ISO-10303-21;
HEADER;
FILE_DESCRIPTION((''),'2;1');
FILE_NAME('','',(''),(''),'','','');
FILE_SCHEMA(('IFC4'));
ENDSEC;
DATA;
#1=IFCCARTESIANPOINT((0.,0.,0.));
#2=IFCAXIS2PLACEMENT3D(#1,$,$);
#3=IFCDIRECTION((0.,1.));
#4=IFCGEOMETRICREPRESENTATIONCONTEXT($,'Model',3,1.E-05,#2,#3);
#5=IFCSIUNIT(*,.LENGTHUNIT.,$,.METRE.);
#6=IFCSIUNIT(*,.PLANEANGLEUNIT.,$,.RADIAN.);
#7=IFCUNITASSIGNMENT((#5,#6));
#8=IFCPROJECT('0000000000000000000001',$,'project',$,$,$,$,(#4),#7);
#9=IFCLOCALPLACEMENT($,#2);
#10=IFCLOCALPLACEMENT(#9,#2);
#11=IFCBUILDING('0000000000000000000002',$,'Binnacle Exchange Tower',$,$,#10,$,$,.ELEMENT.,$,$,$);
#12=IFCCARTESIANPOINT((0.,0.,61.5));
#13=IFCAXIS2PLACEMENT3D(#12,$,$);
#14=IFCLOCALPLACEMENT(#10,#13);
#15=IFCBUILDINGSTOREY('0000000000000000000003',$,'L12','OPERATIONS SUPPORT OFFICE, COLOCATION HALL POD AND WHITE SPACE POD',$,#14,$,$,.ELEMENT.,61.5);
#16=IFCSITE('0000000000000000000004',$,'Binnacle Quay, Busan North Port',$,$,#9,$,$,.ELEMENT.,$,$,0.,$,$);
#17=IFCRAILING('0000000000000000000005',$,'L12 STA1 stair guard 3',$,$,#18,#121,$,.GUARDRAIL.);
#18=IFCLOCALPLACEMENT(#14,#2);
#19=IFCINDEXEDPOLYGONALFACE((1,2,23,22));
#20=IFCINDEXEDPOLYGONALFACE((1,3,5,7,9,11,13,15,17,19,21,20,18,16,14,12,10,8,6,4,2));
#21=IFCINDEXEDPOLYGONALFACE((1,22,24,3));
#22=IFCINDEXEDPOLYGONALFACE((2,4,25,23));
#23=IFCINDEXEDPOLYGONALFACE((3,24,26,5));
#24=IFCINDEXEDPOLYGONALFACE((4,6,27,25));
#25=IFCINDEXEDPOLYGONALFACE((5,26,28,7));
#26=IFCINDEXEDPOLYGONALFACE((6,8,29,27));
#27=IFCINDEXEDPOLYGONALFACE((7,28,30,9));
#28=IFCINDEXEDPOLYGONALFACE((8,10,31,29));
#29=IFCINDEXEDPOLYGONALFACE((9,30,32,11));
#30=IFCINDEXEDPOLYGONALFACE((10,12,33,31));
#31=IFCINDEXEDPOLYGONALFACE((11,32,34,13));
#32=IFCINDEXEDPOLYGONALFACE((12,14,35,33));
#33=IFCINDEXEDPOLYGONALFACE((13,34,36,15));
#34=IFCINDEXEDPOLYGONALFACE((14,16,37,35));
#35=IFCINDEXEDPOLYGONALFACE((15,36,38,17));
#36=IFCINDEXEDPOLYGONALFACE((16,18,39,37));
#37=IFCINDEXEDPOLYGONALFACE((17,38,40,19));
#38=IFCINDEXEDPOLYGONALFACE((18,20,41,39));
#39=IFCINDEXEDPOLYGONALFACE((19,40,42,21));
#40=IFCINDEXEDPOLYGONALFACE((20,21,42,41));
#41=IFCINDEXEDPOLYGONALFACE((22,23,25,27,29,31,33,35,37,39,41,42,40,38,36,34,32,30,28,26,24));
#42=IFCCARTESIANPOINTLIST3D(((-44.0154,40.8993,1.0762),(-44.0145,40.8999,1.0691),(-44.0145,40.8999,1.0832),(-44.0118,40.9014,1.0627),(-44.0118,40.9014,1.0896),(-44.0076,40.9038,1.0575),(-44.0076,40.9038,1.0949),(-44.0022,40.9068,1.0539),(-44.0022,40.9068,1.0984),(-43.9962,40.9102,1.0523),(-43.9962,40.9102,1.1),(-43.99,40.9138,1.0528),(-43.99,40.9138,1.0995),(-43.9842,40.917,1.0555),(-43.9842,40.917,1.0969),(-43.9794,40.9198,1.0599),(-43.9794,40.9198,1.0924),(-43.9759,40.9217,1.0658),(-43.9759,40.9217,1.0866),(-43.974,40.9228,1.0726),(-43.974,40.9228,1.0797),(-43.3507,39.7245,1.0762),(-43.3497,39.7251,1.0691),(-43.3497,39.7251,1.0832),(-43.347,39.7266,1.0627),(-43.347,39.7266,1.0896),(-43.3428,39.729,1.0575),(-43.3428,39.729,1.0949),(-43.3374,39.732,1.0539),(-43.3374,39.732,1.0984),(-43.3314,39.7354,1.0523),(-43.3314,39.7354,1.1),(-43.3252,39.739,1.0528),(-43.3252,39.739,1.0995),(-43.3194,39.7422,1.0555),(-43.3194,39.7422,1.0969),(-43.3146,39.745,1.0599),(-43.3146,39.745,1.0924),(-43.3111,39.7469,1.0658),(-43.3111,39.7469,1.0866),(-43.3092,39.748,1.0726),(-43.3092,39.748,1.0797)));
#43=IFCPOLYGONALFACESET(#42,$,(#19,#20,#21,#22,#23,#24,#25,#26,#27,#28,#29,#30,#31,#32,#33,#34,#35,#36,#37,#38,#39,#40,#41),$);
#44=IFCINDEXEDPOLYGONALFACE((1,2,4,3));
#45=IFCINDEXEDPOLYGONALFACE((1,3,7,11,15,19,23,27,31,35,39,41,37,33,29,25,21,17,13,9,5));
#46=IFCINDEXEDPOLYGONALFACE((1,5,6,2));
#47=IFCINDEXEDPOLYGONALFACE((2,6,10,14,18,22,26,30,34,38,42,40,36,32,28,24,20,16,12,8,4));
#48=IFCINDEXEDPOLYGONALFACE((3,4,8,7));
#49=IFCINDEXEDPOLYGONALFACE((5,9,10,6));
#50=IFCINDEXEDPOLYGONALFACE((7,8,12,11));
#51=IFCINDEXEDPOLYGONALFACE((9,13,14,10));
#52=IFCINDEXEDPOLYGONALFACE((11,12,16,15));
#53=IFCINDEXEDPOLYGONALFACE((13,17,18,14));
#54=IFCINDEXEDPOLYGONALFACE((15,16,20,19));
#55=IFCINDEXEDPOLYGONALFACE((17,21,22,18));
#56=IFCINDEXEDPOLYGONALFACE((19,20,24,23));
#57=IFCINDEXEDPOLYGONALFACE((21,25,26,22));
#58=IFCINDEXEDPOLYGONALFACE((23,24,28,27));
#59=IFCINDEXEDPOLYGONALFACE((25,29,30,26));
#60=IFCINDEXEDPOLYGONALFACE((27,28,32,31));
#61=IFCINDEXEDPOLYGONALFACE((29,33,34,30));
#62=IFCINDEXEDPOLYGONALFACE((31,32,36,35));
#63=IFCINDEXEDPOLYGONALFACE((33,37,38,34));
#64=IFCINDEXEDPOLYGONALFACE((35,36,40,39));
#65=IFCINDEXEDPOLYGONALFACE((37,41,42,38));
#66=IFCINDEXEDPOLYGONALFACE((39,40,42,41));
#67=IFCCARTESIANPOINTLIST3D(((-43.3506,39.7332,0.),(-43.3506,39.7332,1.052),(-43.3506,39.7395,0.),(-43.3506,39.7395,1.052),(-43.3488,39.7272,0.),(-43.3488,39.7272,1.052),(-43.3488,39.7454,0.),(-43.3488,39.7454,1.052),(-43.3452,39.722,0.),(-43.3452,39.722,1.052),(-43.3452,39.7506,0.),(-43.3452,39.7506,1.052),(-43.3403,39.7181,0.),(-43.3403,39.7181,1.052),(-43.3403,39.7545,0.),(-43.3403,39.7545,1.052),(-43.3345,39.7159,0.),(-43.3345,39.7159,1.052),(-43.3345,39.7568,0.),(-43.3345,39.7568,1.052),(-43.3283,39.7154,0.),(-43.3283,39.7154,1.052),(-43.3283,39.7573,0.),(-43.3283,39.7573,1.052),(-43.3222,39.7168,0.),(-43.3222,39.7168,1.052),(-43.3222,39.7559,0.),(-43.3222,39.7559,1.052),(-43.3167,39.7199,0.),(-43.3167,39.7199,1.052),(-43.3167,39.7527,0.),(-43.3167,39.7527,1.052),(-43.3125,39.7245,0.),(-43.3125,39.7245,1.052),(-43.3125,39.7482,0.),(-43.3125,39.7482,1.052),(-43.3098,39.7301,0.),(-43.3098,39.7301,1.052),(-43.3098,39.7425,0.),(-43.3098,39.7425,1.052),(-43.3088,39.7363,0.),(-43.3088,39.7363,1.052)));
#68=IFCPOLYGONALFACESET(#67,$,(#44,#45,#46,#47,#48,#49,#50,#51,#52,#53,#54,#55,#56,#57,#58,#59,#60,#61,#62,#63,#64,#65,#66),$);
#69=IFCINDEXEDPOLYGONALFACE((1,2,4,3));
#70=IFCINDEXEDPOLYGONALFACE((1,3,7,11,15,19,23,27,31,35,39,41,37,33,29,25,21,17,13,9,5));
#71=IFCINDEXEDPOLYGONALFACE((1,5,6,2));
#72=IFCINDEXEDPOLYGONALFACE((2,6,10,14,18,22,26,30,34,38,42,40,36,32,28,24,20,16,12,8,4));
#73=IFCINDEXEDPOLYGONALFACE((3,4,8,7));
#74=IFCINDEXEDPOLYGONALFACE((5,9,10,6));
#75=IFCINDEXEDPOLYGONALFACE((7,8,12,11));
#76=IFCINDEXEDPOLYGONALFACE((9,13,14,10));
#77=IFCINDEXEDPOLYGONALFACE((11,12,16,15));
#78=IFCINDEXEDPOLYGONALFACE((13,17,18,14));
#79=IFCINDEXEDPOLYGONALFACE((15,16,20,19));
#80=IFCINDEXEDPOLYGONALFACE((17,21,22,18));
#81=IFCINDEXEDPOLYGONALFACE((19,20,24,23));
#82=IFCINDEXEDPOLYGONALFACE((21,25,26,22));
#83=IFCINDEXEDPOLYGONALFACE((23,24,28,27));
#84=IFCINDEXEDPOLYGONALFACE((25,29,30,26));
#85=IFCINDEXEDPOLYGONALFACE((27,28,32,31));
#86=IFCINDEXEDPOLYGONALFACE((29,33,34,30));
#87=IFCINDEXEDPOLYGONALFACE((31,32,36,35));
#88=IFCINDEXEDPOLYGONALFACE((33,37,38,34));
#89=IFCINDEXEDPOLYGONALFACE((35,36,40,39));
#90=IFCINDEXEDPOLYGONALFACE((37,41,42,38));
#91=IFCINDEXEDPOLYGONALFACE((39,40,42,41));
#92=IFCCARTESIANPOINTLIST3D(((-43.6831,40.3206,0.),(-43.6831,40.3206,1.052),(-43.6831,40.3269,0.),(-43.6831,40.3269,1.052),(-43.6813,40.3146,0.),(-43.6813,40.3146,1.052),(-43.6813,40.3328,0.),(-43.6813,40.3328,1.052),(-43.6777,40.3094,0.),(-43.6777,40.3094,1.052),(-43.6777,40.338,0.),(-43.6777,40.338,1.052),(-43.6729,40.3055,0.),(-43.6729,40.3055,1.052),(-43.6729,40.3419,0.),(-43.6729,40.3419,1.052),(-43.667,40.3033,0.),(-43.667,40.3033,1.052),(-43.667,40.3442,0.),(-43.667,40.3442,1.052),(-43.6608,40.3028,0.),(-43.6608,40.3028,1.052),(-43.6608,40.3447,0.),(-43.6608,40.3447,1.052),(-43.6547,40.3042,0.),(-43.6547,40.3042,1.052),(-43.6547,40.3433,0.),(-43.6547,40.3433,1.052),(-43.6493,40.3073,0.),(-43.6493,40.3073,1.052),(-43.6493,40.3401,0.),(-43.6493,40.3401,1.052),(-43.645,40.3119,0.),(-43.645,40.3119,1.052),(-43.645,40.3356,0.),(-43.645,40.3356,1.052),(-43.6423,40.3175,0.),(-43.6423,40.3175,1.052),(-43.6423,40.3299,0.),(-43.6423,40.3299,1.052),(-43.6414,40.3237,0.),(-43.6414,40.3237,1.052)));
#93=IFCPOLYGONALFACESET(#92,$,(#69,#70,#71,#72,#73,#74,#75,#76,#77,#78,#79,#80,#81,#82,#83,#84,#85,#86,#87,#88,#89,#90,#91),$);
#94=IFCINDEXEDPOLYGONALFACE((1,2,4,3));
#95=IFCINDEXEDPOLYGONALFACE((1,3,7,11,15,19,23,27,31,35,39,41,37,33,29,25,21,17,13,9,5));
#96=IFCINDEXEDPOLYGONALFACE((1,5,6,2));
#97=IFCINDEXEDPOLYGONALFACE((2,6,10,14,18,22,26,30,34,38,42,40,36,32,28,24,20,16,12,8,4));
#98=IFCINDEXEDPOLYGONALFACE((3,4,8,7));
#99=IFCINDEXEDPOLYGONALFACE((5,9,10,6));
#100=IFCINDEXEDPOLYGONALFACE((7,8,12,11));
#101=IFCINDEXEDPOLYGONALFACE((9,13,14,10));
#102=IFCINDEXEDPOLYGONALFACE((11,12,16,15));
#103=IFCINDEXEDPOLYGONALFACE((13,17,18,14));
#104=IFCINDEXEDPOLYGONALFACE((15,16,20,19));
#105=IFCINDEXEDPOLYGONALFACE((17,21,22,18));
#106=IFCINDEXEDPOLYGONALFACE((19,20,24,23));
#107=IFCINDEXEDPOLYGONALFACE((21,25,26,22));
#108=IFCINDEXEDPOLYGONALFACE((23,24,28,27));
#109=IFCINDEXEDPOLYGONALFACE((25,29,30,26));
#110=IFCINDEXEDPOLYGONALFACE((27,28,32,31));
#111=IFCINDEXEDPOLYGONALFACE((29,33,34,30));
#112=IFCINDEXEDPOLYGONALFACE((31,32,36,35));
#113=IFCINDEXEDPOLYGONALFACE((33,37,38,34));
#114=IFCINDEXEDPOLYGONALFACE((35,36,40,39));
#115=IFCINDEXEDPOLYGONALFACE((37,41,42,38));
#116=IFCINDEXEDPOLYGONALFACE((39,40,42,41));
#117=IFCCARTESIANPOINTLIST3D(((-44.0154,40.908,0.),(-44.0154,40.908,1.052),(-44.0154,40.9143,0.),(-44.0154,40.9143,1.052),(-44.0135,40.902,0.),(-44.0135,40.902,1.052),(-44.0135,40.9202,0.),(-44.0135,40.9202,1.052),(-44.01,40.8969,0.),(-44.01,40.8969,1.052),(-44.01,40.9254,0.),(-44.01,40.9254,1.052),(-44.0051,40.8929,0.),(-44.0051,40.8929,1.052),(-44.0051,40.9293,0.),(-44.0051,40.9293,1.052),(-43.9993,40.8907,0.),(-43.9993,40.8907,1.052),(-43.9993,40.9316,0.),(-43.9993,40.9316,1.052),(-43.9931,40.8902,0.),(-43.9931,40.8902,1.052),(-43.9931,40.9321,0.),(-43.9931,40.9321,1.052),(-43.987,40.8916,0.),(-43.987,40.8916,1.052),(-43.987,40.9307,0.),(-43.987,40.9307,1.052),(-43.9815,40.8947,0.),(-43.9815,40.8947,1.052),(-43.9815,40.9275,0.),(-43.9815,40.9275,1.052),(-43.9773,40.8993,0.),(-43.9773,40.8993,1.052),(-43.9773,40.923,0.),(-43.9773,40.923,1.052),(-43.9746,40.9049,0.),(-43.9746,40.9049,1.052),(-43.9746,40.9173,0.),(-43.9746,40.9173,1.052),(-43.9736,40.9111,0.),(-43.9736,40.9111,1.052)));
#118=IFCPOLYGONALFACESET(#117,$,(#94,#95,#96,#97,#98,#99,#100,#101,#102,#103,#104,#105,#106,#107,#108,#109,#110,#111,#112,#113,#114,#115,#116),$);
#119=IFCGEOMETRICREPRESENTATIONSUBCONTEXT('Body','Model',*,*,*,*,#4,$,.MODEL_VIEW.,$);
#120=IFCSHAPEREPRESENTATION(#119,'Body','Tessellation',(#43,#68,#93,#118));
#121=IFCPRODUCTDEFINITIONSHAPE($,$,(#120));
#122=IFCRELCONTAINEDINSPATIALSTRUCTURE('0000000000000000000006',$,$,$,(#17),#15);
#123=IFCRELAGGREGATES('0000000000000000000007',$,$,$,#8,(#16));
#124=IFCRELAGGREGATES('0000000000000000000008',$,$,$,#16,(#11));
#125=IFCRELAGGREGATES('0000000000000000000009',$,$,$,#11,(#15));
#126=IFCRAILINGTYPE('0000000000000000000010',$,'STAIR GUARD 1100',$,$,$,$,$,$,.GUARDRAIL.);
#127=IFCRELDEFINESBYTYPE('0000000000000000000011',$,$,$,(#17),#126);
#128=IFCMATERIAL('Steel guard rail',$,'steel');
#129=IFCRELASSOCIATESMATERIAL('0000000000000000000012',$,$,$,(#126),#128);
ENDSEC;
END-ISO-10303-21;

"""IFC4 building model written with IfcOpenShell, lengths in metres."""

from ifc_helpers import new_model, si_unit, direction, frame, origin, origin_2d, place, context, subcontext, project, spatial, circle, extrude, material, type_object, element, save


model = new_model("IFC4")

# Units and contexts
model_context = context("Model", 3, precision=1e-05, world=origin(), true_north=direction((0.0, 1.0)))
body_context = subcontext(model_context, "Body", "Model", "MODEL_VIEW")
ifc_project = project(units=[si_unit("LENGTHUNIT", "METRE"), si_unit("PLANEANGLEUNIT", "RADIAN")], contexts=[model_context])

# Site, building, storey
site_placement = place(None, origin())
site = spatial("IfcSite", under=ifc_project, at=site_placement, Name="Binnacle Quay, Busan North Port", CompositionType="ELEMENT", RefElevation=0.0)
building_placement = place(site_placement, origin())
building = spatial("IfcBuilding", under=site, at=building_placement, Name="Binnacle Exchange Tower", CompositionType="ELEMENT")
storey_placement = place(building_placement, frame((0.0, 0.0, 61.5)))
storey = spatial("IfcBuildingStorey", under=building, at=storey_placement, Name="L12", Description="OPERATIONS SUPPORT OFFICE, COLOCATION HALL POD AND WHITE SPACE POD", CompositionType="ELEMENT", Elevation=61.5)

# Railing
ifc_material_1 = material(Name="Steel guard rail", Category="steel")
railing_type_1 = type_object("IfcRailingType", Name="STAIR GUARD 1100", PredefinedType="GUARDRAIL", material=ifc_material_1)
railing_1_placement = place(storey_placement, frame((-43.3298, 39.7363, 0.0)))
element("IfcRailing", 1, at=railing_1_placement, inside=storey, type_object=railing_type_1, Name="L12 STA1 stair guard 3", PredefinedType="GUARDRAIL", context=body_context, shape_type="SweptSolid", body=[
    extrude(circle(Radius=0.0239, at=origin_2d()), frame((0.0, 0.0, 1.0762), z_axis=(-0.492492, 0.870317, 0.0), x_axis=(-0.870317, -0.492492, 0.0)), (0.0, 0.0, 1.0), 1.3499),
    extrude(circle(Radius=0.021, at=origin_2d()), origin(), (0.0, 0.0, 1.0), 1.052),
    extrude(circle(Radius=0.021, at=origin_2d()), frame((-0.3325, 0.5874, 0.0)), (0.0, 0.0, 1.0), 1.052),
    extrude(circle(Radius=0.021, at=origin_2d()), frame((-0.6648, 1.1748, 0.0)), (0.0, 0.0, 1.0), 1.052),
])

save(model, "model.ifc")
